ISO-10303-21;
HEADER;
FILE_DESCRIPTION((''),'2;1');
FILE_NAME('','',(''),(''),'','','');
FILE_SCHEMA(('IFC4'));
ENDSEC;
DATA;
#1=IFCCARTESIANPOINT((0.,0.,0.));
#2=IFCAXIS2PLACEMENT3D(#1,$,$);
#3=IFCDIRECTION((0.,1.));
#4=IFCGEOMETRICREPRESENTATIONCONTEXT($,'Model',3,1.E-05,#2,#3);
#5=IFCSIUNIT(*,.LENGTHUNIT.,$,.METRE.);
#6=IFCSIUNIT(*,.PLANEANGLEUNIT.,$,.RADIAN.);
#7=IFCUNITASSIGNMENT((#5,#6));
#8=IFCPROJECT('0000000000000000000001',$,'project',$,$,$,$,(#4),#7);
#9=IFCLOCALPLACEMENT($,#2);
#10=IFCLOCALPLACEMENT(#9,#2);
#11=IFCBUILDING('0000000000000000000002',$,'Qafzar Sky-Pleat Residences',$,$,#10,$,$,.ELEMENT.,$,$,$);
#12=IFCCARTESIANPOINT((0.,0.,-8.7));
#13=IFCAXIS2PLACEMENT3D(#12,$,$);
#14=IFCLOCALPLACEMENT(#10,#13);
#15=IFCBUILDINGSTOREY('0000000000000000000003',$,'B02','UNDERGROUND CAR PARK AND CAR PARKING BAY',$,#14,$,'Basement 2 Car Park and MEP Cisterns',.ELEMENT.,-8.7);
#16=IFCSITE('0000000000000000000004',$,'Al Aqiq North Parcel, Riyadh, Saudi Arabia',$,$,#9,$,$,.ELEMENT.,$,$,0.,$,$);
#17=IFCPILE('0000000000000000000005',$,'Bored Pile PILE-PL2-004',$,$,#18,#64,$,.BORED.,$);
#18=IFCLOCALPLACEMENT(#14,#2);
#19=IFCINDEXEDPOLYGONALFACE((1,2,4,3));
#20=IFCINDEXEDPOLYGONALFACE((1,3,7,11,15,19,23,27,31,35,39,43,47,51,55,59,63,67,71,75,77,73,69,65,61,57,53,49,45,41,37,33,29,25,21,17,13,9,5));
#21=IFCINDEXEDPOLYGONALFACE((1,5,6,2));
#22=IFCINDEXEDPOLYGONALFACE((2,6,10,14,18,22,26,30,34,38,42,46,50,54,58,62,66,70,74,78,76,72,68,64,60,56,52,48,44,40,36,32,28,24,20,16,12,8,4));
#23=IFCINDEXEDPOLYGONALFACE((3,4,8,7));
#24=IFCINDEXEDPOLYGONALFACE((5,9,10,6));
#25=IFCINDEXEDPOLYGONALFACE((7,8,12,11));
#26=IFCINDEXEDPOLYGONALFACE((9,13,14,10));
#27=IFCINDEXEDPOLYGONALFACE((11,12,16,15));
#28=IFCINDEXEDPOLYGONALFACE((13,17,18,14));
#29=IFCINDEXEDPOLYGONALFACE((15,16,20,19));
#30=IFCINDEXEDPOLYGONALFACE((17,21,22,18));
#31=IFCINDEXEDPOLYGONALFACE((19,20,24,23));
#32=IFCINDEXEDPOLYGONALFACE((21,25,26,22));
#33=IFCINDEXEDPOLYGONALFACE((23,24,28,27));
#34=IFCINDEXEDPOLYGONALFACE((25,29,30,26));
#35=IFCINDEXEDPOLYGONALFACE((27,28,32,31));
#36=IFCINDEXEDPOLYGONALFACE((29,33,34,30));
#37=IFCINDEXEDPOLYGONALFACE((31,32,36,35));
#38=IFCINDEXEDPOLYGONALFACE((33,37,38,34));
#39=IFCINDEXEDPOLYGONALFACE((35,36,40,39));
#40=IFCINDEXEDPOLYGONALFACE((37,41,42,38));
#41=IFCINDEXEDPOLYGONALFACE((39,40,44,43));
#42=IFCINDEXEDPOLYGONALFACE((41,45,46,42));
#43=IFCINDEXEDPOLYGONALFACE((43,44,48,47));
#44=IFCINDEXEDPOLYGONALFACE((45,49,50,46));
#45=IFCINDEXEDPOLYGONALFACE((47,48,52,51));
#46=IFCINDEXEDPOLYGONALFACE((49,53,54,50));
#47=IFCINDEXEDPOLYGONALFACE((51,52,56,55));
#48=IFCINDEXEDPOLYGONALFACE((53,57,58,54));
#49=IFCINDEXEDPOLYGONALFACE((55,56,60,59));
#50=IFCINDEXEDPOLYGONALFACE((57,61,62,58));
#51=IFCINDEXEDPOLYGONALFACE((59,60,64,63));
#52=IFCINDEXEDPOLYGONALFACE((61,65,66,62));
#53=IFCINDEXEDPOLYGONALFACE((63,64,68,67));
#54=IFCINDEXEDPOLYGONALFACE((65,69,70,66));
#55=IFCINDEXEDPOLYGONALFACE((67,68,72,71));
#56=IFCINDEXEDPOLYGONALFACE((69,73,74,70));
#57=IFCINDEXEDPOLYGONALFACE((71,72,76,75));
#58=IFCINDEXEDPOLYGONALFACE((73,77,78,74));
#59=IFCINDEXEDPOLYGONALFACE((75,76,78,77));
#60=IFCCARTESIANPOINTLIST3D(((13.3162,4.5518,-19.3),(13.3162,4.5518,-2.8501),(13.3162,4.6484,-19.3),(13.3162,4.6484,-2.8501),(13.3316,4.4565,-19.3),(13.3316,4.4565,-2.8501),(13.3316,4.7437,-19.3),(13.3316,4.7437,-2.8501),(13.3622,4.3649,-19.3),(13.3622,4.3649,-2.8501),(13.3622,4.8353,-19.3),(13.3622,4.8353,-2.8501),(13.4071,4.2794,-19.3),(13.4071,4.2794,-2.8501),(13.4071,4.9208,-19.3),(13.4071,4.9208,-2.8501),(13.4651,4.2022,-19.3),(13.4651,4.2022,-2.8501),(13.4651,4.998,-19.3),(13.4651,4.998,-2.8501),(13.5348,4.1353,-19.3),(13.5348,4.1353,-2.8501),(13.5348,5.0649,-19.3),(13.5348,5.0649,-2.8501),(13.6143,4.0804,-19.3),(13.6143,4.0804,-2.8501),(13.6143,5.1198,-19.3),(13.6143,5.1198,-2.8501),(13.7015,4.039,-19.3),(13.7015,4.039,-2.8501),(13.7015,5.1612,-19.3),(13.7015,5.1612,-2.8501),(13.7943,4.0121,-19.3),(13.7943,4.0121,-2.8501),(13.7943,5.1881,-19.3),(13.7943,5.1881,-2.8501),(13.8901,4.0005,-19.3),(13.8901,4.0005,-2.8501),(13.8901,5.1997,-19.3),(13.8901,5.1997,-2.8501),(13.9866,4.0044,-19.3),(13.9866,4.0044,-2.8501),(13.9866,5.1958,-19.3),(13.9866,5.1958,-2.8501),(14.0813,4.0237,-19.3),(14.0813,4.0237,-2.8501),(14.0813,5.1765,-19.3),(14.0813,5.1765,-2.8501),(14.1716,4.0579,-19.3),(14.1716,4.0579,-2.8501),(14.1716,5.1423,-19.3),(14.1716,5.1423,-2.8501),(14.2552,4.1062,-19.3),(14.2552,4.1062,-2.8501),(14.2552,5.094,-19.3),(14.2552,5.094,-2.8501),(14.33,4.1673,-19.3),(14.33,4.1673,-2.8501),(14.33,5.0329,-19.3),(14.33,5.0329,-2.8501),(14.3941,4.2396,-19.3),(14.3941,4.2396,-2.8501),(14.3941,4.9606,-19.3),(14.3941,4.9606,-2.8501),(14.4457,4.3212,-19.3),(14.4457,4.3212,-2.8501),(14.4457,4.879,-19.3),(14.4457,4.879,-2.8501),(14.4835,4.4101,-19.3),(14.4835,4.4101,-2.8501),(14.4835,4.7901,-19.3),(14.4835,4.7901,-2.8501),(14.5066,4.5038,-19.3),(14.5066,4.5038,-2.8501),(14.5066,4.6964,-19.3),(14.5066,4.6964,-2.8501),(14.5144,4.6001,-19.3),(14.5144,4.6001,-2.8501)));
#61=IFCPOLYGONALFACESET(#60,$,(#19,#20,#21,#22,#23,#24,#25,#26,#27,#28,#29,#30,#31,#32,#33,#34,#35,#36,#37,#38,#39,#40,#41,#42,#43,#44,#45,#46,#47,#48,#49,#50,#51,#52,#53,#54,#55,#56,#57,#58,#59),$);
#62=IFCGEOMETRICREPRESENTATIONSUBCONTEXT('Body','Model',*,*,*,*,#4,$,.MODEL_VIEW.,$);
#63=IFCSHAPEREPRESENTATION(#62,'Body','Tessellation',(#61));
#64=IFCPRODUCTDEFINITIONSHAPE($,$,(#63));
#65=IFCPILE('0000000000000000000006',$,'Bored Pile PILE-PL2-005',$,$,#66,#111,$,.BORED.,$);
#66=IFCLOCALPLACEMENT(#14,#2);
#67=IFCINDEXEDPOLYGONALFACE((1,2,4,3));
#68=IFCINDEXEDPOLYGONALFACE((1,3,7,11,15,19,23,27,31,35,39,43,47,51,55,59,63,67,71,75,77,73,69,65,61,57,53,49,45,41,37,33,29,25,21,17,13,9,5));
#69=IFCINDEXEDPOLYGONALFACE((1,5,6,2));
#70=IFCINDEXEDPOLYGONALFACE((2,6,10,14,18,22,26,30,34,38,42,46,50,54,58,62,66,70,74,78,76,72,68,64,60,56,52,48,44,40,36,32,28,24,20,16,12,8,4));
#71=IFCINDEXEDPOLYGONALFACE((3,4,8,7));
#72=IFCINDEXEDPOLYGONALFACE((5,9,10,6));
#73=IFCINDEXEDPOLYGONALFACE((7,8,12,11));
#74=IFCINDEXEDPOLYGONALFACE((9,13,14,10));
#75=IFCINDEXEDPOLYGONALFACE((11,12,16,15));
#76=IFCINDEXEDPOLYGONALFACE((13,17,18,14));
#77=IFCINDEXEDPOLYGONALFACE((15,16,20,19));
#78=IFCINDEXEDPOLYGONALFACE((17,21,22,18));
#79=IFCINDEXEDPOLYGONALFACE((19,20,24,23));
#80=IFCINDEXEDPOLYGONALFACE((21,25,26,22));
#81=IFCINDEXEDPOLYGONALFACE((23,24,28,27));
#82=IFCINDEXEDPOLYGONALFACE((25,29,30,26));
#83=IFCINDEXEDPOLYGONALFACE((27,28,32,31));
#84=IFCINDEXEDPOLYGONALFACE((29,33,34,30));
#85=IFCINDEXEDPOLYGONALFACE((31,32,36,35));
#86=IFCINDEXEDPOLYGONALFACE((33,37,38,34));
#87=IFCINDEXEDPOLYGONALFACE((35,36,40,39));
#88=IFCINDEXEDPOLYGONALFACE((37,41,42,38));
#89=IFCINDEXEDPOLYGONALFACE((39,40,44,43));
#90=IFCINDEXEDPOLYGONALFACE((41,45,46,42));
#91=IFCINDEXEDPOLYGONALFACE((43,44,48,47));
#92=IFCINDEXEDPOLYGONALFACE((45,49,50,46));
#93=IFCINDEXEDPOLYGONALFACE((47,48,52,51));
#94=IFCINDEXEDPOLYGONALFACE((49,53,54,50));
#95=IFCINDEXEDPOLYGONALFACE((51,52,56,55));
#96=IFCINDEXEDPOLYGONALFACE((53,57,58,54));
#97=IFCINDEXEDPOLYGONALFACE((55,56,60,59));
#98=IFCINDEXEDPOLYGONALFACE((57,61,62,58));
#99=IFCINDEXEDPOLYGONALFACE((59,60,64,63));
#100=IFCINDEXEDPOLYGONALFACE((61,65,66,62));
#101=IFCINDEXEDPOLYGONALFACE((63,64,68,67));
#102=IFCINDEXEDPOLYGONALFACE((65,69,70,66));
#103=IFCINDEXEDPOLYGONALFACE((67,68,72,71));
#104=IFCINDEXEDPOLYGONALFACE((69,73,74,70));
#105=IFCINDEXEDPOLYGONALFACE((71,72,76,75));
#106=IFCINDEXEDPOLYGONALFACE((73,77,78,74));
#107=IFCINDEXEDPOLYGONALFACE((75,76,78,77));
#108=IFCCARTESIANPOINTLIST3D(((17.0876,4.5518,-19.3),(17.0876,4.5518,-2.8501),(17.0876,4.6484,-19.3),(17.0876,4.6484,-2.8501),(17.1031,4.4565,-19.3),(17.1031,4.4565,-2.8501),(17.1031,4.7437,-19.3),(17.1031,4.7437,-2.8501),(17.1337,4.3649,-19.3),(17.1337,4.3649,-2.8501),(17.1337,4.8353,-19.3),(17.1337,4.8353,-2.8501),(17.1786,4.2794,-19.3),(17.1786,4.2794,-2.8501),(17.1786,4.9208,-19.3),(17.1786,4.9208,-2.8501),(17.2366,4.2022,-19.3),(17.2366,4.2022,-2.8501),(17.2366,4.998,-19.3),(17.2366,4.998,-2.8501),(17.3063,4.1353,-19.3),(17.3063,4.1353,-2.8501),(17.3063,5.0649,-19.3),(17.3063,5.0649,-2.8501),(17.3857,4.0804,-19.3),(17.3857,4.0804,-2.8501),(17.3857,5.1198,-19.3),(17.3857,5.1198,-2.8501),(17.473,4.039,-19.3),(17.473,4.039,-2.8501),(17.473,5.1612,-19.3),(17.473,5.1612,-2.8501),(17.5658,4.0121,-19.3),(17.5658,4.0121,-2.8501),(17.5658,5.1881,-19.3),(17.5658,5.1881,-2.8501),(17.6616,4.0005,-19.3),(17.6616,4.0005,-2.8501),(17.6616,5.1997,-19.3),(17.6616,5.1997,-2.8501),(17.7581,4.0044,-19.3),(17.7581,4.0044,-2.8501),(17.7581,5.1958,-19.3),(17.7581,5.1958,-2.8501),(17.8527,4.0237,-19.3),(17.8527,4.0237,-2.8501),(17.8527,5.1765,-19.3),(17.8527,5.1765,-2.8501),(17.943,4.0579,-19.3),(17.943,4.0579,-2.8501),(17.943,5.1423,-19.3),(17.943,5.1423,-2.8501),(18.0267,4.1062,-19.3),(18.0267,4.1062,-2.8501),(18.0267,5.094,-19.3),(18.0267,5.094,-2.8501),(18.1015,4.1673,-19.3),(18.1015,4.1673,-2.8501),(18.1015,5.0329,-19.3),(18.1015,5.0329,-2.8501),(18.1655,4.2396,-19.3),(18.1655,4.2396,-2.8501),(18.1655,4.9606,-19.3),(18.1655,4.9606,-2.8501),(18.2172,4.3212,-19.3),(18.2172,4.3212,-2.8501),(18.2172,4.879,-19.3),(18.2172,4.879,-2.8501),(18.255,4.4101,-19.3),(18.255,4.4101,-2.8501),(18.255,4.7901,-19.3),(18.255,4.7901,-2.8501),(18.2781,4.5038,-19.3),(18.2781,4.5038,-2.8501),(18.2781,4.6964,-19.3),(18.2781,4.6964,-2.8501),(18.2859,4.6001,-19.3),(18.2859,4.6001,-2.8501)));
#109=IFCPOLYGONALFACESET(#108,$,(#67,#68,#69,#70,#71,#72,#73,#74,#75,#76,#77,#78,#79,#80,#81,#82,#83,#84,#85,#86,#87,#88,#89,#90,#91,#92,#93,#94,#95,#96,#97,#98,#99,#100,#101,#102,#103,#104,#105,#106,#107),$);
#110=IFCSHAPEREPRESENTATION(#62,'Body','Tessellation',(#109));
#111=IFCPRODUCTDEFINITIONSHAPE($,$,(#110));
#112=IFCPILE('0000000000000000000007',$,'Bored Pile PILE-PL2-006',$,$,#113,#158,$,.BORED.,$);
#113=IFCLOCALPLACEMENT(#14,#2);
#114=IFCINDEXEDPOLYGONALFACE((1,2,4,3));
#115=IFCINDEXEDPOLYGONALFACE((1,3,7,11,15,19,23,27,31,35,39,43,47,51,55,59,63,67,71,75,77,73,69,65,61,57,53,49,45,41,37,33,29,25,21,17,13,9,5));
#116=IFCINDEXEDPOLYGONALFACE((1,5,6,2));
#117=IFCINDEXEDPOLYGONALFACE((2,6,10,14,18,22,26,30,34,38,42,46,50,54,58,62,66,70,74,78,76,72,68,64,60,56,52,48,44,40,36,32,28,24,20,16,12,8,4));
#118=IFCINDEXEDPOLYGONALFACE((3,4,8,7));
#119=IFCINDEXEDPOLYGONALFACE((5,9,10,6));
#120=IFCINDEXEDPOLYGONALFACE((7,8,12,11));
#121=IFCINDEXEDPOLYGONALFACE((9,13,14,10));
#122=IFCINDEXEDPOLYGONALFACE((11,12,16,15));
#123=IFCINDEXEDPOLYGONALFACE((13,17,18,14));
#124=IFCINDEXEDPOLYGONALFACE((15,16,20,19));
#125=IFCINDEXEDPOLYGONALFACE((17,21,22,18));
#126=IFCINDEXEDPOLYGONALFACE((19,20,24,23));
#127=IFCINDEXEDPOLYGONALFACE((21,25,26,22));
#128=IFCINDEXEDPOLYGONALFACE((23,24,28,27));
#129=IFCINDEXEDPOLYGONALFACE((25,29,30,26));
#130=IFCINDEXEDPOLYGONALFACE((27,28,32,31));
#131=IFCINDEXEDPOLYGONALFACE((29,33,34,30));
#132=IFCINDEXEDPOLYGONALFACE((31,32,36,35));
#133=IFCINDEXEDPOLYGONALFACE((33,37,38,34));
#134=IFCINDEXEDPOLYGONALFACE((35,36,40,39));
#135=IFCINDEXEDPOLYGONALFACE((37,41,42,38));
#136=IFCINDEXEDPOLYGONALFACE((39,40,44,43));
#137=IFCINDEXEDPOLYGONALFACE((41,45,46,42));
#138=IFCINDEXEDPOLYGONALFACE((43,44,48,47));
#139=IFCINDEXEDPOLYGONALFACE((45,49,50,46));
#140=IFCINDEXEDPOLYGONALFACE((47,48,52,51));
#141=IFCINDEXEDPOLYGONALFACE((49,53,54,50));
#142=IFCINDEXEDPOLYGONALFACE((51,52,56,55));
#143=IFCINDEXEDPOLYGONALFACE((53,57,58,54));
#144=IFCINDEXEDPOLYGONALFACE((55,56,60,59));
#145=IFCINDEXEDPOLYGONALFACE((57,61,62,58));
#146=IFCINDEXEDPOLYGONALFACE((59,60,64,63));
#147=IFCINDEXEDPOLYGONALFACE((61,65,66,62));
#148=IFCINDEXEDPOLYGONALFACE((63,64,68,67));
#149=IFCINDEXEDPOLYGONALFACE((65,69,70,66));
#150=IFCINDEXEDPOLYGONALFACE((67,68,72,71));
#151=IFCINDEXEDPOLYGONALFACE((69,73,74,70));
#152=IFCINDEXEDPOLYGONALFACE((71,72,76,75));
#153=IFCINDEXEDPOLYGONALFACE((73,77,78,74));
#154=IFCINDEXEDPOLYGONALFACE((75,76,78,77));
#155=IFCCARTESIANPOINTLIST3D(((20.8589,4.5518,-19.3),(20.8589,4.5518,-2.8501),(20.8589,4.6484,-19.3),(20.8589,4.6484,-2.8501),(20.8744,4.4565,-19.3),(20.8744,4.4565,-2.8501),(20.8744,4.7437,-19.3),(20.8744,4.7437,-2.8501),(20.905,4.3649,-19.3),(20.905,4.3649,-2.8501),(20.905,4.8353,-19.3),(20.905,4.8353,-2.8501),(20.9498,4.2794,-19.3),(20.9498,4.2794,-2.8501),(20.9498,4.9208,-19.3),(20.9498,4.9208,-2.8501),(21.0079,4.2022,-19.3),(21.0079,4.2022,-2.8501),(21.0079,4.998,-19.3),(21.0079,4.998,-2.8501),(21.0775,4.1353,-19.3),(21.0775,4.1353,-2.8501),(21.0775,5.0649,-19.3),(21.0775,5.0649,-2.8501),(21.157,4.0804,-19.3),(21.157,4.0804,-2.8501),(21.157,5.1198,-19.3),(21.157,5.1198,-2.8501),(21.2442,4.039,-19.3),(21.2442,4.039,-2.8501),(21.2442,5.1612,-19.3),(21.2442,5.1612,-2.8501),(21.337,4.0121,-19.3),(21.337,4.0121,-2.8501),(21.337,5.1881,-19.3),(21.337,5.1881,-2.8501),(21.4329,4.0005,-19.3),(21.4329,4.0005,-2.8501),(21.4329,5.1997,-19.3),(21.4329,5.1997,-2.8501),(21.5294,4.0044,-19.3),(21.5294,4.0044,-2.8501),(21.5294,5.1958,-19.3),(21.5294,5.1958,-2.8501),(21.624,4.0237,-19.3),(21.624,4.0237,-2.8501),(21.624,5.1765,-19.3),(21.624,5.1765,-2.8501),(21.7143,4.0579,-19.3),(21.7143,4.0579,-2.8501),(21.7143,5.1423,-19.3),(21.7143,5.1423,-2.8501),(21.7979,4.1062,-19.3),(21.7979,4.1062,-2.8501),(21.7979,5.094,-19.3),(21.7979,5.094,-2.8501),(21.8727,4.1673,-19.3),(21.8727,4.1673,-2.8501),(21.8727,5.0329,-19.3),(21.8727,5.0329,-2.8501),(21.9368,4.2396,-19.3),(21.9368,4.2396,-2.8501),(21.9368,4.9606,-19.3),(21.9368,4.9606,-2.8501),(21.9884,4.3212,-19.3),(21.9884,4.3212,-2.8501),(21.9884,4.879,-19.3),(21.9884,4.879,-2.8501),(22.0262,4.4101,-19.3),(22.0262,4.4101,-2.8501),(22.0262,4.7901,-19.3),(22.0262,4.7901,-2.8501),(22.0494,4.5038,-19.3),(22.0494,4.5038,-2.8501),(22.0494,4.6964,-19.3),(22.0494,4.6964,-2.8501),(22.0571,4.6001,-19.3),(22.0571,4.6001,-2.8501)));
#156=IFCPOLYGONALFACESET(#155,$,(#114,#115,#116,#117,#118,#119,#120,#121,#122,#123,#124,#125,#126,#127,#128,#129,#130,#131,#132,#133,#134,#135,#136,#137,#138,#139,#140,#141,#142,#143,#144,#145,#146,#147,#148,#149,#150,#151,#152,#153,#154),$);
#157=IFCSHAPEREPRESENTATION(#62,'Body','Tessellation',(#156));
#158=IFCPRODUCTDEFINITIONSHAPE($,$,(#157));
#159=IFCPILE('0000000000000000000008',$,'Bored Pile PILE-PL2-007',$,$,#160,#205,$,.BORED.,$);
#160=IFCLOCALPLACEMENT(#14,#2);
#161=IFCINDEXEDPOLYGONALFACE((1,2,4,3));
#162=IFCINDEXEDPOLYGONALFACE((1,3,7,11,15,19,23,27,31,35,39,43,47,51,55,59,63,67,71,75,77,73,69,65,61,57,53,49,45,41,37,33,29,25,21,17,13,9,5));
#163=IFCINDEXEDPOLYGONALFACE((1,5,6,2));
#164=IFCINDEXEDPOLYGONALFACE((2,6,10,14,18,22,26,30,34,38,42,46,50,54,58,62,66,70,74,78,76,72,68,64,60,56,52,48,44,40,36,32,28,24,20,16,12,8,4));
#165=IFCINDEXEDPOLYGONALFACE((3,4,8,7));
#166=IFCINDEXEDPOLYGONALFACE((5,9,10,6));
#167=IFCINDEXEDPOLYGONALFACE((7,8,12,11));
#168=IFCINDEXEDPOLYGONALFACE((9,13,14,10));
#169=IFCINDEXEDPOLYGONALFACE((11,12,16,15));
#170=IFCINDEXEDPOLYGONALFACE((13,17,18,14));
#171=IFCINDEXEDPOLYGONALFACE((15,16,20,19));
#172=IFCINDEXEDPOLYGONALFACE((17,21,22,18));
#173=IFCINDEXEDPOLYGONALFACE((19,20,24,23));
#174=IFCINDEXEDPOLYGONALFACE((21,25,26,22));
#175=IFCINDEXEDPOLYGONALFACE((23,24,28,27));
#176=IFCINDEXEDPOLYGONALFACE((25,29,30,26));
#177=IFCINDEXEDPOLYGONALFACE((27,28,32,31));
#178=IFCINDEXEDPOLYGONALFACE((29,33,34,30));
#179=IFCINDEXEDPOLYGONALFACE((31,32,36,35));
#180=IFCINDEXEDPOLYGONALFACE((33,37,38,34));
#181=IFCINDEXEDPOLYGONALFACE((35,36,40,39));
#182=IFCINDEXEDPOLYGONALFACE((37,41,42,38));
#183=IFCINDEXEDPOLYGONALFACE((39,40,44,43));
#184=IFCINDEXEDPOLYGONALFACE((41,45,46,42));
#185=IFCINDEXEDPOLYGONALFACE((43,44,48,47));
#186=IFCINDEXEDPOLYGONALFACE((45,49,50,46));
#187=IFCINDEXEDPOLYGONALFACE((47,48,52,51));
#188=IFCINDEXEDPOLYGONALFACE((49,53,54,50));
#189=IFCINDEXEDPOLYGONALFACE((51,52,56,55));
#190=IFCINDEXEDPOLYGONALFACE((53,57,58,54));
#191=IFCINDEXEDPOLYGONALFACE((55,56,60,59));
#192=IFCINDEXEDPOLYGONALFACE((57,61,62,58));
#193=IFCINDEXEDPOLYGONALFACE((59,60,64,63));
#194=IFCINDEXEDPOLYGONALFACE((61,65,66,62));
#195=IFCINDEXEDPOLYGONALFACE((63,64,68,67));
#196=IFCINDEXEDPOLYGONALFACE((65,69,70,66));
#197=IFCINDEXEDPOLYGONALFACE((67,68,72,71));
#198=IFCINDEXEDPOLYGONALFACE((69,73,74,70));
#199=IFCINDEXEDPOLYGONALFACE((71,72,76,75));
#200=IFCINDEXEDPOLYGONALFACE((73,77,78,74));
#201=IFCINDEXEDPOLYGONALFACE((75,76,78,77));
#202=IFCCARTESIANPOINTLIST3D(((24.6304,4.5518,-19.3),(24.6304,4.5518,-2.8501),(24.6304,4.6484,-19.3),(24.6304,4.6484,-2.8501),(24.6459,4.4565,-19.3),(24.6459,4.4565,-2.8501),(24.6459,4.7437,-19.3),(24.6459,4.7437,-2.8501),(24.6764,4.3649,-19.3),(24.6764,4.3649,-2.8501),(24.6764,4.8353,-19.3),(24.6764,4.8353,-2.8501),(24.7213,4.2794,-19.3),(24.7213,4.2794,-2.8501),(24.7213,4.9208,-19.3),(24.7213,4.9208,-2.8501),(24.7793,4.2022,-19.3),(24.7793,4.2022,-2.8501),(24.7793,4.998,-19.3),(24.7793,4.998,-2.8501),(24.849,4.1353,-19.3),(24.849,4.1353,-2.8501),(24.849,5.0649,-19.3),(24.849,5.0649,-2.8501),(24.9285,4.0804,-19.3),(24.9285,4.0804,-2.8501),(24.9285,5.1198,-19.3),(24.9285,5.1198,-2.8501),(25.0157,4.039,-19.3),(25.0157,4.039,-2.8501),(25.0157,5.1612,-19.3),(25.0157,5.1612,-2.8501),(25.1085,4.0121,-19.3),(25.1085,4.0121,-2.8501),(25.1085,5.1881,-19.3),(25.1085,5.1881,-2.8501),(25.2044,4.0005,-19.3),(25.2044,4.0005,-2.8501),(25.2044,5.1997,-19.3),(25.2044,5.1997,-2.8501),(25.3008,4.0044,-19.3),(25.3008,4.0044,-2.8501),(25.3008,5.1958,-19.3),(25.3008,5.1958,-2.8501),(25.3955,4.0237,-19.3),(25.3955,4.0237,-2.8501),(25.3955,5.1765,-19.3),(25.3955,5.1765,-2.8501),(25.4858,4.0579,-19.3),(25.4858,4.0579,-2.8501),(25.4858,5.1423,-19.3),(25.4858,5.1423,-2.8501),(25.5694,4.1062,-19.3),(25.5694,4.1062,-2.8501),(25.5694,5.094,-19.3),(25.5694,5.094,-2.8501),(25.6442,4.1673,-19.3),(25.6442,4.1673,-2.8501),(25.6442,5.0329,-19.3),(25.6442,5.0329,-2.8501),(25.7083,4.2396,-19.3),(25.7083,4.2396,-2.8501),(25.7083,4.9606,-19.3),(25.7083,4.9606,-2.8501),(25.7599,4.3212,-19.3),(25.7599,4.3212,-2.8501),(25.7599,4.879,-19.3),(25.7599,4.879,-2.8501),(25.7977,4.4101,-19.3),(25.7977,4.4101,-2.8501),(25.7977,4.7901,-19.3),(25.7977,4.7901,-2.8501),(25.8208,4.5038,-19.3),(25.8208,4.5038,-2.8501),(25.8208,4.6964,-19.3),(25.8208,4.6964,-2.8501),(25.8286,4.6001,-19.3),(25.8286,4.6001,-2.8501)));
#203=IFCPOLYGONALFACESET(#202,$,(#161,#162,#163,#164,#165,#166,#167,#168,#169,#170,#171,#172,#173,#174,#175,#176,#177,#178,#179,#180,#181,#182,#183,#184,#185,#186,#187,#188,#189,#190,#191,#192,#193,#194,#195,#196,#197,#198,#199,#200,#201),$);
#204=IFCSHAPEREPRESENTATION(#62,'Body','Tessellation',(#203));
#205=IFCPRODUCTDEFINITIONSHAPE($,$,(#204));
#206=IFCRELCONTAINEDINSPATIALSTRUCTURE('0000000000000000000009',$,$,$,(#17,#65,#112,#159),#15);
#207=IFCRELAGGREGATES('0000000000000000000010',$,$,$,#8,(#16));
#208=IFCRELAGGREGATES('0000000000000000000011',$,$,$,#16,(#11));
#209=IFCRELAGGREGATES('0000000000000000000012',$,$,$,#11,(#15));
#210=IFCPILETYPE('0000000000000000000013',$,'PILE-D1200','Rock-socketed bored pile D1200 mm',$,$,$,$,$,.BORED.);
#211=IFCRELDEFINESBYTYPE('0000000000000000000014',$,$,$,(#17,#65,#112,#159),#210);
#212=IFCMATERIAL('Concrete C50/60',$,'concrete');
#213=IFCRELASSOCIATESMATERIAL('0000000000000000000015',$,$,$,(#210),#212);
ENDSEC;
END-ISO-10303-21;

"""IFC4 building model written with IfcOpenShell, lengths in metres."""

from ifc_helpers import new_model, si_unit, direction, frame, origin, origin_2d, place, context, subcontext, project, spatial, circle, extrude, source, transform, mapped, material, material_profile, profile_set, type_object, element, save


model = new_model("IFC4")

# Units and contexts
model_context = context("Model", 3, precision=1e-05, world=origin(), true_north=direction((0.0, 1.0)))
body_context = subcontext(model_context, "Body", "Model", "MODEL_VIEW")
ifc_project = project(units=[si_unit("LENGTHUNIT", "METRE"), si_unit("PLANEANGLEUNIT", "RADIAN")], contexts=[model_context])

# Site, building, storey
site_placement = place(None, origin())
site = spatial("IfcSite", under=ifc_project, at=site_placement, Name="Al Aqiq North Parcel, Riyadh, Saudi Arabia", CompositionType="ELEMENT", RefElevation=0.0)
building_placement = place(site_placement, origin())
building = spatial("IfcBuilding", under=site, at=building_placement, Name="Qafzar Sky-Pleat Residences", CompositionType="ELEMENT")
storey_placement = place(building_placement, frame((0.0, 0.0, -8.7)))
storey = spatial("IfcBuildingStorey", under=building, at=storey_placement, Name="B02", Description="UNDERGROUND CAR PARK AND CAR PARKING BAY", LongName="Basement 2 Car Park and MEP Cisterns", CompositionType="ELEMENT", Elevation=-8.7)

# Piles
ifc_material_1 = material(Name="Concrete C50/60", Category="concrete")
ifc_material_profile_1 = material_profile(ifc_material_1, circle(Radius=0.6001, at=origin_2d()), Name="PILE D1200")
ifc_profile_set_1 = profile_set([ifc_material_profile_1], Name="Concrete C50/60")
pile_type_1 = type_object("IfcPileType", Name="PILE-D1200", Description="Rock-socketed bored pile D1200 mm", PredefinedType="BORED", material=ifc_profile_set_1)
shared_shape_1 = source(origin(), body_context, "Body", "SweptSolid", [
    extrude(circle(Radius=0.6001, at=origin_2d()), origin(), (0.0, 0.0, 1.0), 16.45),
])
for number, where, z_axis, x_axis, name in (
    (1, (13.9143, 4.6001, -2.8501), (0.0, 0.0, -1.0), (1.0, 0.0, 0.0), "Bored Pile PILE-PL2-004"),
    (2, (17.6858, 4.6001, -2.8501), (0.0, 0.0, -1.0), (1.0, 0.0, 0.0), "Bored Pile PILE-PL2-005"),
    (3, (21.457, 4.6001, -2.8501), (0.0, 0.0, -1.0), (1.0, 0.0, 0.0), "Bored Pile PILE-PL2-006"),
    (4, (25.2285, 4.6001, -2.8501), (0.0, 0.0, -1.0), (1.0, 0.0, 0.0), "Bored Pile PILE-PL2-007"),
):
    element("IfcPile", number, at=place(storey_placement, frame(where, z_axis=z_axis, x_axis=x_axis)), inside=storey, type_object=pile_type_1, Name=name, PredefinedType="BORED", context=body_context, shape_type="MappedRepresentation", body=[
        mapped(shared_shape_1, transform((0.0, 0.0, 0.0), x_axis=(1.0, 0.0, 0.0), y_axis=(0.0, 1.0, 0.0), z_axis=(0.0, 0.0, 1.0), scale=1.0)),
    ])

save(model, "model.ifc")
